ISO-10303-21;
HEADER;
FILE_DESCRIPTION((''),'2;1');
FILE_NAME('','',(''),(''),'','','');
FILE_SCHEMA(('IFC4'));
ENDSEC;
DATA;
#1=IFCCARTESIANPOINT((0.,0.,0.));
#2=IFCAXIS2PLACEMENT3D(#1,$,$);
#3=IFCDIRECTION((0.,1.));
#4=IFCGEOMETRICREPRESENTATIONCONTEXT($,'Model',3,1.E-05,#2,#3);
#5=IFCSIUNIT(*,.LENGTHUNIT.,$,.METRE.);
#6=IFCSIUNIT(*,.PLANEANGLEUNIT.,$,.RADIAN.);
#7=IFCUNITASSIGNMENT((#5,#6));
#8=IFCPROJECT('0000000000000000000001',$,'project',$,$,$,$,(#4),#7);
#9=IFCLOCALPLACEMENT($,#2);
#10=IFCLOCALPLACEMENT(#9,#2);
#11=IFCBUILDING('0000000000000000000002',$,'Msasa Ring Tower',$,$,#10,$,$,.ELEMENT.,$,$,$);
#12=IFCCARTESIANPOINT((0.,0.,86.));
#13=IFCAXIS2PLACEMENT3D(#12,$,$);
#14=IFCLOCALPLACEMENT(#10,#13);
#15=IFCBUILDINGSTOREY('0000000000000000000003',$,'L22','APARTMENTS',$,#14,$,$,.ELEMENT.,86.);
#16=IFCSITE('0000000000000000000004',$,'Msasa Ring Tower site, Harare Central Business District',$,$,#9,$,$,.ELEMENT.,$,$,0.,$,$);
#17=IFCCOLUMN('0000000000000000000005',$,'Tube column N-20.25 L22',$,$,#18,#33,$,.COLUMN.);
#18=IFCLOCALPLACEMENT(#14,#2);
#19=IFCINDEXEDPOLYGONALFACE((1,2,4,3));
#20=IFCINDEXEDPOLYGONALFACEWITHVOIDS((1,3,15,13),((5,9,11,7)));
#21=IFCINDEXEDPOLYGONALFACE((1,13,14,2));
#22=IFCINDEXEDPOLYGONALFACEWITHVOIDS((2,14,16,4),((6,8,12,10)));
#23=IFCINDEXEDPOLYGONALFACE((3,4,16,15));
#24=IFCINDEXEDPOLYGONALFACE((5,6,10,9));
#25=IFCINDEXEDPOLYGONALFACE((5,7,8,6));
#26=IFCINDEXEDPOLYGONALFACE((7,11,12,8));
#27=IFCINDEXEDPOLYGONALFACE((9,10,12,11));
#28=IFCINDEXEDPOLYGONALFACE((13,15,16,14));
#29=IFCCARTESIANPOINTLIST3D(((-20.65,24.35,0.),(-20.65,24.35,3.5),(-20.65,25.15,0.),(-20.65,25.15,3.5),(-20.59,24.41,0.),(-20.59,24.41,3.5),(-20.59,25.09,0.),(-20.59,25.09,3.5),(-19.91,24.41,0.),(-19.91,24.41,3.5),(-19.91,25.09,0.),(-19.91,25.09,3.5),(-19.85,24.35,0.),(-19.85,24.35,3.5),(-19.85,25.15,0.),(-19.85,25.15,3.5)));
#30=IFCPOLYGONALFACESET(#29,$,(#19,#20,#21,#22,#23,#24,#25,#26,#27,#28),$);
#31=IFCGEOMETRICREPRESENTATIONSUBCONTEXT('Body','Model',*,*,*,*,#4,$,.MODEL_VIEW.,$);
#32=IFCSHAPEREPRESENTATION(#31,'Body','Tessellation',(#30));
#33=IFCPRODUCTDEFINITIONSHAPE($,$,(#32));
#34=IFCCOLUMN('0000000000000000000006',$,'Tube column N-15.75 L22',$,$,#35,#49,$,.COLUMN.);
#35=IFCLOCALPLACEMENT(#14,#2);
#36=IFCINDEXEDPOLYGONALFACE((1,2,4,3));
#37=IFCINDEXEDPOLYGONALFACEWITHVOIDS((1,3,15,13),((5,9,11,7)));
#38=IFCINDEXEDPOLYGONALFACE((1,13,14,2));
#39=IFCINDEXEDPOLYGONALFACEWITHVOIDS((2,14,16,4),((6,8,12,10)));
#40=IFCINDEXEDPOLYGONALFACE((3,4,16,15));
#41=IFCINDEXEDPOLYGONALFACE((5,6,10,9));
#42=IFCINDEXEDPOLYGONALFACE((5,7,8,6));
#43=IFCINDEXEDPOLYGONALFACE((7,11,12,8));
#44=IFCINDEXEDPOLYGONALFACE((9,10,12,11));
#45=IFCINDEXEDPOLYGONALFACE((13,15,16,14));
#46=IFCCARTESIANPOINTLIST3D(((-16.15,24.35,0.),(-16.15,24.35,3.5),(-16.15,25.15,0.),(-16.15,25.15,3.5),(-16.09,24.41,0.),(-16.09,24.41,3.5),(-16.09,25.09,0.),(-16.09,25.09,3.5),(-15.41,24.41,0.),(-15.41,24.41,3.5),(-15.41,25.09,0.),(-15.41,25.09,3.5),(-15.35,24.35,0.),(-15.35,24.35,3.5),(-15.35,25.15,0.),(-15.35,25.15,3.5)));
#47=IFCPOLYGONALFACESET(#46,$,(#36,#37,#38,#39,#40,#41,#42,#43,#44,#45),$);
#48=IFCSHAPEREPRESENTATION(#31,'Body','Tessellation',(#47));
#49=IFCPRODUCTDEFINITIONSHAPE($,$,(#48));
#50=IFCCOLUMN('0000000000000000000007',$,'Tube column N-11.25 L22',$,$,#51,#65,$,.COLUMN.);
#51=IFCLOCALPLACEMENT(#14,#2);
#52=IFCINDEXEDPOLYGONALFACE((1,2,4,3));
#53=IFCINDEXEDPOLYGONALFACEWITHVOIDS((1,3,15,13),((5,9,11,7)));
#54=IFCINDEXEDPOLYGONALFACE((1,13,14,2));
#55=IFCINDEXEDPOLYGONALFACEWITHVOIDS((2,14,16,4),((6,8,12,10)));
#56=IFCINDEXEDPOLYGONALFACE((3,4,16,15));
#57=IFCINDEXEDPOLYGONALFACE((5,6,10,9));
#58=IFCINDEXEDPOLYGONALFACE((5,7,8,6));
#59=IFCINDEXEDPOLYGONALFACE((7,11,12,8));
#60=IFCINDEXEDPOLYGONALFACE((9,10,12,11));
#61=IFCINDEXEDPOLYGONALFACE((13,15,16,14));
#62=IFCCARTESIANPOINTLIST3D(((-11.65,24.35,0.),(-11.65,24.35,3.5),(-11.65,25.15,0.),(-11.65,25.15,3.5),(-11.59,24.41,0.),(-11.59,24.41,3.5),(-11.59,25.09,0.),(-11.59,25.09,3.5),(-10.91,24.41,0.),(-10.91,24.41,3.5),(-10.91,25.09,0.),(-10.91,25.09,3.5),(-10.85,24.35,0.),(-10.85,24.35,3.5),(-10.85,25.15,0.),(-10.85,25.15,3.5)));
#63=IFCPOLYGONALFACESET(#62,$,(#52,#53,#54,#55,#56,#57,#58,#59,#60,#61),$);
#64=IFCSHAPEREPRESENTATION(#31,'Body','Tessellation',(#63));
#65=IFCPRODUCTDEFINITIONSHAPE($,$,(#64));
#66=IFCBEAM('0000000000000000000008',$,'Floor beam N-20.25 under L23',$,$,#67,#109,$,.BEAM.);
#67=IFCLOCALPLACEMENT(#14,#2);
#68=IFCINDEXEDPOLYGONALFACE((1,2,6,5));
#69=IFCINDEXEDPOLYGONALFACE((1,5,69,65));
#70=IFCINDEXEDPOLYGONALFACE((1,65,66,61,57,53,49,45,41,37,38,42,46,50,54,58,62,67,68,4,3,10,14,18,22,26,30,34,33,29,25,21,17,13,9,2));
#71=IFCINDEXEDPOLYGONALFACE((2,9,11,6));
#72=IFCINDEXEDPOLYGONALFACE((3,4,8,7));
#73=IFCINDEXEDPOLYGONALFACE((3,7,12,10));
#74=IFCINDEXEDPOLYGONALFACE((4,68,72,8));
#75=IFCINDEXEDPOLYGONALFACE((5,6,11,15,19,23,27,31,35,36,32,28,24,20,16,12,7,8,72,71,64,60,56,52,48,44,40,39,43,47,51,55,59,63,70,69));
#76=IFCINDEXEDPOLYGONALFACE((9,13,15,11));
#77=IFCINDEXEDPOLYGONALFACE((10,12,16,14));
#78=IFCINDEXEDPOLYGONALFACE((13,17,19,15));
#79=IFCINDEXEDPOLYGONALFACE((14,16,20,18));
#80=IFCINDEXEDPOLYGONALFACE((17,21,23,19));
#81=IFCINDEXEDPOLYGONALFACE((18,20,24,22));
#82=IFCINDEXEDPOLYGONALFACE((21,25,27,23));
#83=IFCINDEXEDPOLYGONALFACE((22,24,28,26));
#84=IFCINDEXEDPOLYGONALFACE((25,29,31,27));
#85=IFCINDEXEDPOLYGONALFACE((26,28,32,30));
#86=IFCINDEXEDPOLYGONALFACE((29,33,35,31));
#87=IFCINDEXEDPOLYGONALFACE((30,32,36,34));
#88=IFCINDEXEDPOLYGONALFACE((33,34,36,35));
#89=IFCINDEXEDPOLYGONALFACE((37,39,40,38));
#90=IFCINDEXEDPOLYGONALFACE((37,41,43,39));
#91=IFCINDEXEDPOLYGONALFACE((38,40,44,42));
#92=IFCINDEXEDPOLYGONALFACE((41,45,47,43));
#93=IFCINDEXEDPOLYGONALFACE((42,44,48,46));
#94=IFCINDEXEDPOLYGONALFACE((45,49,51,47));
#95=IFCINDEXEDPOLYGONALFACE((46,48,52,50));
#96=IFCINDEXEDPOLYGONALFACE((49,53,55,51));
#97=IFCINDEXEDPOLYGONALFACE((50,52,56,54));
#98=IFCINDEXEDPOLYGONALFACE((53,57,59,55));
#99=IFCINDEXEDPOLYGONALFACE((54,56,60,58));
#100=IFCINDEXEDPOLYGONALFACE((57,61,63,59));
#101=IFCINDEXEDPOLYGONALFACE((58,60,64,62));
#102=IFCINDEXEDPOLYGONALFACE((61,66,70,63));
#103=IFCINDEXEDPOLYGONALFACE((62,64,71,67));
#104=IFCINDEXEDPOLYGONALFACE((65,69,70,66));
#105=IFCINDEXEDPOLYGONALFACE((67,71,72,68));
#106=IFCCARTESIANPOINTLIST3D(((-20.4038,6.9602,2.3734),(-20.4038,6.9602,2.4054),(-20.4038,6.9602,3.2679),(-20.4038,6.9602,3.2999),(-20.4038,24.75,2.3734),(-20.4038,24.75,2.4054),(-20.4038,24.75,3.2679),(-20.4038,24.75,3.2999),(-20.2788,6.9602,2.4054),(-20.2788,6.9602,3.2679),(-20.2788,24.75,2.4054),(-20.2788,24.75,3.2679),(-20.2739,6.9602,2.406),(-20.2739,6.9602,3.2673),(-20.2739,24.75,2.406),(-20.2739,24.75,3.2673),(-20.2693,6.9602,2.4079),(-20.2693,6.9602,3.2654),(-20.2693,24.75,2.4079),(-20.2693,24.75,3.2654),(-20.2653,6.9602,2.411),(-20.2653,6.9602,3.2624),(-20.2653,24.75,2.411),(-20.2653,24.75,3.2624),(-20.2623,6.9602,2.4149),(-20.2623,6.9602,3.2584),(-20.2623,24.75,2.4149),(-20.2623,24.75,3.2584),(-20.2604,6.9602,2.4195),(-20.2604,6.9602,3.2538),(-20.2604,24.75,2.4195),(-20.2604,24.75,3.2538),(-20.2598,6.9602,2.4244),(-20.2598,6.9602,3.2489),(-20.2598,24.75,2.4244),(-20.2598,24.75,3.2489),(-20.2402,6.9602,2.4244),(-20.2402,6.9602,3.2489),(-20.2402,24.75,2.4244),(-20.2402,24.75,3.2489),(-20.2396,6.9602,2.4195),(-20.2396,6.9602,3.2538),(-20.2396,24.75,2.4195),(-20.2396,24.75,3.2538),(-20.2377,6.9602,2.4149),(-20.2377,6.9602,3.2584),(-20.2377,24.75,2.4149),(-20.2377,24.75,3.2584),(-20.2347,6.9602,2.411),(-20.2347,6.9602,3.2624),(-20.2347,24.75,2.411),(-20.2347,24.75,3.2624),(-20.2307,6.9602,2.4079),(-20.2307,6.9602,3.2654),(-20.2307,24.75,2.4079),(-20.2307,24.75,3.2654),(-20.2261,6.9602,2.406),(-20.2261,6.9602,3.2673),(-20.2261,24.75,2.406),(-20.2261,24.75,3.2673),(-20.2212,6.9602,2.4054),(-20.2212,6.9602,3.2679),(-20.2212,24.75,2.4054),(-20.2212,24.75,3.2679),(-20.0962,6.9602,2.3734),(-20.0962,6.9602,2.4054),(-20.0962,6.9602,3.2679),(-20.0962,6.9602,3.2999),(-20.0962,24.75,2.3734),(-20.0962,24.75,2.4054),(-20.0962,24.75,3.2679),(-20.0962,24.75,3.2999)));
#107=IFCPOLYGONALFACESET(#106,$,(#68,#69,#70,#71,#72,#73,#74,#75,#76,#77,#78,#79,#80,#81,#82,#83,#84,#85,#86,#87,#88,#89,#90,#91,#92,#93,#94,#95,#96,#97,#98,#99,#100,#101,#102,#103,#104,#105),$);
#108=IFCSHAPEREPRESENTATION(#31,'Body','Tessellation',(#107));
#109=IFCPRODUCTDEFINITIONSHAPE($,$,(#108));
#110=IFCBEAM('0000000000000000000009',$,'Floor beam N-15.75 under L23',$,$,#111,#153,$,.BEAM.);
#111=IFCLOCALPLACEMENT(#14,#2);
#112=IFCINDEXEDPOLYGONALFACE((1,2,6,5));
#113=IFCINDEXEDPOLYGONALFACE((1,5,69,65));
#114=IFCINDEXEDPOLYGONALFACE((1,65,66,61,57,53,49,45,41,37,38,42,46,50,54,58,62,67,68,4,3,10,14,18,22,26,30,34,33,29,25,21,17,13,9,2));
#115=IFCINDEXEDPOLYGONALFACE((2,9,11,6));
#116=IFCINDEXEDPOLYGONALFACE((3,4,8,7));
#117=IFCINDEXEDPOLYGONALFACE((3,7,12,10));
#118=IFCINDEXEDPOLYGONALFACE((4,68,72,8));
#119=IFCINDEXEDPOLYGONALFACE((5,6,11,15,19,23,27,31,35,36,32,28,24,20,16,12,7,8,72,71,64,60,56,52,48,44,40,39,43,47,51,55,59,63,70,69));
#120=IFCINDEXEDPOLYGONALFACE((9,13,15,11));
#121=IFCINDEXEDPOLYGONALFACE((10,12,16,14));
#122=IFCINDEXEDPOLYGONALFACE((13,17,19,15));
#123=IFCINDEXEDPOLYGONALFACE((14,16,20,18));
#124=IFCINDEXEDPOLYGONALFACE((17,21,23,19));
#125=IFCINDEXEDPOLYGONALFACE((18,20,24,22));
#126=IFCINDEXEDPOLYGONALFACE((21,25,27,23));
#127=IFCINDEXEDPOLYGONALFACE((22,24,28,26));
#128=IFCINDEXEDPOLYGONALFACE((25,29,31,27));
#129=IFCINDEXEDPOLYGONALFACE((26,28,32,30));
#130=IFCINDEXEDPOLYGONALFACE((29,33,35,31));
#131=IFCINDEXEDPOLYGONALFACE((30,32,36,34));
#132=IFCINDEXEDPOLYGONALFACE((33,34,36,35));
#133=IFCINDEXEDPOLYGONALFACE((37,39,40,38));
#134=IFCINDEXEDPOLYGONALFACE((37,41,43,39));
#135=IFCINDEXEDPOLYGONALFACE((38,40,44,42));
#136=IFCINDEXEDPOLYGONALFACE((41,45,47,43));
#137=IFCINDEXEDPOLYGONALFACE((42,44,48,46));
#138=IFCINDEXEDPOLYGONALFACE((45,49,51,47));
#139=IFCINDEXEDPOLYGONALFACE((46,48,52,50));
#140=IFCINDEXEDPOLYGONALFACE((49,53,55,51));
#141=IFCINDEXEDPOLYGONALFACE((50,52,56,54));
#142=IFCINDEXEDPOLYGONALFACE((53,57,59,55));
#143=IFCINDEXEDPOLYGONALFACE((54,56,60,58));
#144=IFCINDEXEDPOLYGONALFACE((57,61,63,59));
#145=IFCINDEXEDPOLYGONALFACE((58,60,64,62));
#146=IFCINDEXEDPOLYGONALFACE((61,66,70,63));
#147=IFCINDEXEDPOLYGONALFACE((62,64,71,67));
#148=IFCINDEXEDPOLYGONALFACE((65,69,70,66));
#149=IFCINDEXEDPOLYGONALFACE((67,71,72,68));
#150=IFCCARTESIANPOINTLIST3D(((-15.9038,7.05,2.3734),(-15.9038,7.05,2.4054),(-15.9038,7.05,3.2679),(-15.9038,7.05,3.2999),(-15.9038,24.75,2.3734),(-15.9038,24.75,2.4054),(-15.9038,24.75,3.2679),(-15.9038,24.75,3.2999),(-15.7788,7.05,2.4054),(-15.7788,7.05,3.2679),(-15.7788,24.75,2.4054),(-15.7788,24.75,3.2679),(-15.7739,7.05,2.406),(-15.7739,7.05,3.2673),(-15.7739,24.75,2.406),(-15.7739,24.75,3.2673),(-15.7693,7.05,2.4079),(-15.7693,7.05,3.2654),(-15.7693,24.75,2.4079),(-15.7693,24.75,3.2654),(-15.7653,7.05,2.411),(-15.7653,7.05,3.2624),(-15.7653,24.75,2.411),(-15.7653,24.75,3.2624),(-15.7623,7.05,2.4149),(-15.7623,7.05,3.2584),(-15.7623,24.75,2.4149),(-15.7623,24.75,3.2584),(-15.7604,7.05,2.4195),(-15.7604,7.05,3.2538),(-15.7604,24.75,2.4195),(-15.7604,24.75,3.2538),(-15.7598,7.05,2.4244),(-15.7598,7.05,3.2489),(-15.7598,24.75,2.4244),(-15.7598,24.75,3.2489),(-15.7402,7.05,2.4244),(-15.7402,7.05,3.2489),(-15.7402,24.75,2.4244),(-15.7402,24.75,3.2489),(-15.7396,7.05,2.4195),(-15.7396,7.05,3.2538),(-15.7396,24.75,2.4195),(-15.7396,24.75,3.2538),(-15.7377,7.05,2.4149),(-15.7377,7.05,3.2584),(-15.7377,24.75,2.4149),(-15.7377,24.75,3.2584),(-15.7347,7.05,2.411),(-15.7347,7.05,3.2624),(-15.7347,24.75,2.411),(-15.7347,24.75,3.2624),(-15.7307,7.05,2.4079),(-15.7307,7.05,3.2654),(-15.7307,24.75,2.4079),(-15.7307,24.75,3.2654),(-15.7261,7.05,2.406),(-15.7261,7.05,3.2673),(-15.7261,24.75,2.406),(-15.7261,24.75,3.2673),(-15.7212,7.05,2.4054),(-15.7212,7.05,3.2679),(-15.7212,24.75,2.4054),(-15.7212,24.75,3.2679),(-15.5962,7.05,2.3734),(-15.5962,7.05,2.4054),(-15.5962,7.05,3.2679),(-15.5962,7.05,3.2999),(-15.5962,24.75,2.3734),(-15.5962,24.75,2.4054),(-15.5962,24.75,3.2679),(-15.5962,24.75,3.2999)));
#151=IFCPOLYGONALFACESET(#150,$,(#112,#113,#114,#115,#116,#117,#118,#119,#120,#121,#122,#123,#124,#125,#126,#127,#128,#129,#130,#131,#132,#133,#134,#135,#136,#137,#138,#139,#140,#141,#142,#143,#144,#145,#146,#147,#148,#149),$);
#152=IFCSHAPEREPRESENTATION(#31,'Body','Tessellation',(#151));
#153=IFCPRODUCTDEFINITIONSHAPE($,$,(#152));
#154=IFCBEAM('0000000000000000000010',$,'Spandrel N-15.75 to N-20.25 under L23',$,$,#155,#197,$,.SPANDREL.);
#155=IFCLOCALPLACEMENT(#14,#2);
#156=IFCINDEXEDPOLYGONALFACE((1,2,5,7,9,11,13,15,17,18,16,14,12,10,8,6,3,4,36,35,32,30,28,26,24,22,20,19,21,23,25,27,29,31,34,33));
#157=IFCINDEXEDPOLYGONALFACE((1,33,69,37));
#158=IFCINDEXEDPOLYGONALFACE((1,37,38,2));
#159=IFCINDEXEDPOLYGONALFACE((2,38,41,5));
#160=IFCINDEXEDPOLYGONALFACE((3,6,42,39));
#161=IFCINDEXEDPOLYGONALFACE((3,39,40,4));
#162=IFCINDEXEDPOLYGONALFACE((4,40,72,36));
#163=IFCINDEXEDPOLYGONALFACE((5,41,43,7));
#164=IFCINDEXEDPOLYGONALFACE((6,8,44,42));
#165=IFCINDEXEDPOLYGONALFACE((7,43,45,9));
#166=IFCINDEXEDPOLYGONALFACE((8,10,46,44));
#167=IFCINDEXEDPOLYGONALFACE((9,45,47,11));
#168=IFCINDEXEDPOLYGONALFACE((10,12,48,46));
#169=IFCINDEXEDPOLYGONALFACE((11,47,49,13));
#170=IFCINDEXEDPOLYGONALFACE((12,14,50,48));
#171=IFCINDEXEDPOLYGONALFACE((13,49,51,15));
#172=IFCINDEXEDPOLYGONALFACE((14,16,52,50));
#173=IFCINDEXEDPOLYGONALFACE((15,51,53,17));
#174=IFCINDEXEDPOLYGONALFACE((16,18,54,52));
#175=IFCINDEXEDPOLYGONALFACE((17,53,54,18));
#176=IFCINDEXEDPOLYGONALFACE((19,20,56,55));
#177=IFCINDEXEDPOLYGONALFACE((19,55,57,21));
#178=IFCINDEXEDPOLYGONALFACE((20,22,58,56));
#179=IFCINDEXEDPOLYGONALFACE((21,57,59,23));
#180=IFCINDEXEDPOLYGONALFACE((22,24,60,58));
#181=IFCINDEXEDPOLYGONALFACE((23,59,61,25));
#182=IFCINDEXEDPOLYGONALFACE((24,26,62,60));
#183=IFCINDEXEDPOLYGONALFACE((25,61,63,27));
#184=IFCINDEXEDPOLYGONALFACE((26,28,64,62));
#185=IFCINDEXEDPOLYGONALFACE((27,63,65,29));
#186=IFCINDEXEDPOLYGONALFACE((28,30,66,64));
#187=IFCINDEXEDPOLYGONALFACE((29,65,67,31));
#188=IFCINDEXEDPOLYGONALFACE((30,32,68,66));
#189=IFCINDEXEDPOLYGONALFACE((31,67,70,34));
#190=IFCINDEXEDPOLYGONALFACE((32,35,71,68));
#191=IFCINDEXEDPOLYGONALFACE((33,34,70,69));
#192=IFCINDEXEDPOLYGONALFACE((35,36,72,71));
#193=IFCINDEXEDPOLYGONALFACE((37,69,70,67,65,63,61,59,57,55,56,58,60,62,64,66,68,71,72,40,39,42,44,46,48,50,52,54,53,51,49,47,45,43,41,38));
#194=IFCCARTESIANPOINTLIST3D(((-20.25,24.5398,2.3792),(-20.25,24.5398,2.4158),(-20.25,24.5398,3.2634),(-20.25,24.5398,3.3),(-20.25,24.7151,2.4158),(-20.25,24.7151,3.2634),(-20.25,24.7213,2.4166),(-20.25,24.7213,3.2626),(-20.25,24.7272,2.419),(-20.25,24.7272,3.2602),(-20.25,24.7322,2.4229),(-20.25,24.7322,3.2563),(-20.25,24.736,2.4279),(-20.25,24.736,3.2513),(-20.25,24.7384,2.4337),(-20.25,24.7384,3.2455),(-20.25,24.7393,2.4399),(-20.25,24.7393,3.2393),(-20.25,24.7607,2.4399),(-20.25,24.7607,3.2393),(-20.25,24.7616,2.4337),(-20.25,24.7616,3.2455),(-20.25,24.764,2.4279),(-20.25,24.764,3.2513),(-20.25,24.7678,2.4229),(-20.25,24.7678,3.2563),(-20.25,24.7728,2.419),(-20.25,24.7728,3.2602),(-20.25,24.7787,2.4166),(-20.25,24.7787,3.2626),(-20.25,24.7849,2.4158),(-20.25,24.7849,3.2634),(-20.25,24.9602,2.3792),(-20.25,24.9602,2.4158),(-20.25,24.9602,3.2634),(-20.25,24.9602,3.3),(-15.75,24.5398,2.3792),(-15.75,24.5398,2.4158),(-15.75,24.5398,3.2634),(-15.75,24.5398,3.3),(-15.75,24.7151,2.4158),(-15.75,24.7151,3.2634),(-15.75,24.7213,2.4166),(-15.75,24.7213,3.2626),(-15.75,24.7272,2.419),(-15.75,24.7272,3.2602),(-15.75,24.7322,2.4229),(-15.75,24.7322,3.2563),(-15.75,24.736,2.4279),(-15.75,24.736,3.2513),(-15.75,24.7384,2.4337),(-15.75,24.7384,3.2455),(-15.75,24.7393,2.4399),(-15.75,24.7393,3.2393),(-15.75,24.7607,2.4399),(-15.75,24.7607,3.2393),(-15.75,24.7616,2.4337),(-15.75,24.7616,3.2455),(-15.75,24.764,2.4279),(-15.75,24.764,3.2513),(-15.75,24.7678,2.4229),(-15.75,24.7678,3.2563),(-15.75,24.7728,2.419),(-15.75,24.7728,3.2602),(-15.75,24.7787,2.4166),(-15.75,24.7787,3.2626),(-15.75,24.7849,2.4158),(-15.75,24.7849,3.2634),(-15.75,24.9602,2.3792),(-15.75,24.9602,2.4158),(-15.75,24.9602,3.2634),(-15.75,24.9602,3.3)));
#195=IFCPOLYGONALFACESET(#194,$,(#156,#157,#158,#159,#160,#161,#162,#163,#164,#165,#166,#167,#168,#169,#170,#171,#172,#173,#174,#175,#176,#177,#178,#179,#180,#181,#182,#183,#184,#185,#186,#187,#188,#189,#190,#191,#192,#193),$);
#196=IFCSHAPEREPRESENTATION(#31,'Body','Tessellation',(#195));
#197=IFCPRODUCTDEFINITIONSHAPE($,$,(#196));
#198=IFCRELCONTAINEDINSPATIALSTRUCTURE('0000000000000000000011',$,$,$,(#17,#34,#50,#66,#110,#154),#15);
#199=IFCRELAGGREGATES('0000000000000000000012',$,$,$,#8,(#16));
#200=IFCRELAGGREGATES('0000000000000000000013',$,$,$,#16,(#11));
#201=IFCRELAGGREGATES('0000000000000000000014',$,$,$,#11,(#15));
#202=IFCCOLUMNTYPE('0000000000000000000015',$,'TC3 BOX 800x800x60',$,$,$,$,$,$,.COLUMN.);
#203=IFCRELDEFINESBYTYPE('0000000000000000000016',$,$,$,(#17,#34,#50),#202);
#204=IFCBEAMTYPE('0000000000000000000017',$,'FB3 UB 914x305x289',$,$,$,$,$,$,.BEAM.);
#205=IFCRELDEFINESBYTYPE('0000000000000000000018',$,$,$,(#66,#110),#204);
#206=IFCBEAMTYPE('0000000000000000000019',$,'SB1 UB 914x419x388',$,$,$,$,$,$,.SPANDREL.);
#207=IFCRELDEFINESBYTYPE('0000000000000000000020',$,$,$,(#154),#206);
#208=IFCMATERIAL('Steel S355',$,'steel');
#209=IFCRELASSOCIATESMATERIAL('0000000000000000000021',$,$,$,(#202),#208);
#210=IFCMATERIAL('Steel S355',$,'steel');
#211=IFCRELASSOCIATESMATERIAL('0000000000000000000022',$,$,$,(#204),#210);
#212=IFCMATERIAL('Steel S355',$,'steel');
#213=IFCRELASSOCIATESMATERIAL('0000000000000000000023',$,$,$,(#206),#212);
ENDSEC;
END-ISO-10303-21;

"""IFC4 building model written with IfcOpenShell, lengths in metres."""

from ifc_helpers import new_model, si_unit, direction, frame, origin, origin_2d, place, context, subcontext, project, spatial, hollow_rectangle, i_section, extrude, material, material_profile, profile_set, type_object, element, save


model = new_model("IFC4")

# Units and contexts
model_context = context("Model", 3, precision=1e-05, world=origin(), true_north=direction((0.0, 1.0)))
body_context = subcontext(model_context, "Body", "Model", "MODEL_VIEW")
ifc_project = project(units=[si_unit("LENGTHUNIT", "METRE"), si_unit("PLANEANGLEUNIT", "RADIAN")], contexts=[model_context])

# Site, building, storey
site_placement = place(None, origin())
site = spatial("IfcSite", under=ifc_project, at=site_placement, Name="Msasa Ring Tower site, Harare Central Business District", CompositionType="ELEMENT", RefElevation=0.0)
building_placement = place(site_placement, origin())
building = spatial("IfcBuilding", under=site, at=building_placement, Name="Msasa Ring Tower", CompositionType="ELEMENT")
storey_placement = place(building_placement, frame((0.0, 0.0, 86.0)))
storey = spatial("IfcBuildingStorey", under=building, at=storey_placement, Name="L22", Description="APARTMENTS", CompositionType="ELEMENT", Elevation=86.0)

# Columns
ifc_material_1 = material(Name="Steel S355", Category="steel")
ifc_material_profile_1 = material_profile(ifc_material_1, hollow_rectangle(XDim=0.8, YDim=0.8, WallThickness=0.0601, at=origin_2d()), Name="BOX 800x800x60")
ifc_profile_set_1 = profile_set([ifc_material_profile_1], Name="Steel S355")
column_type = type_object("IfcColumnType", Name="TC3 BOX 800x800x60", PredefinedType="COLUMN", material=ifc_profile_set_1)
for number, where, z_axis, x_axis, name in (
    (1, (-20.25, 24.75, 0.0), (0.0, 0.0, 1.0), (0.0, 1.0, 0.0), "Tube column N-20.25 L22"),
    (2, (-15.75, 24.75, 0.0), (0.0, 0.0, 1.0), (0.0, 1.0, 0.0), "Tube column N-15.75 L22"),
    (3, (-11.25, 24.75, 0.0), (0.0, 0.0, 1.0), (0.0, 1.0, 0.0), "Tube column N-11.25 L22"),
):
    element("IfcColumn", number, at=place(storey_placement, frame(where, z_axis=z_axis, x_axis=x_axis)), inside=storey, type_object=column_type, Name=name, PredefinedType="COLUMN", context=body_context, shape_type="SweptSolid", body=[
        extrude(hollow_rectangle(XDim=0.8, YDim=0.8, WallThickness=0.0601, at=origin_2d()), origin(), (0.0, 0.0, 1.0), 3.5),
    ])

# Beams
ifc_material_2 = material(Name="Steel S355", Category="steel")
ifc_material_profile_2 = material_profile(ifc_material_2, i_section(OverallWidth=0.3076, OverallDepth=0.9265, WebThickness=0.0195, FlangeThickness=0.032, FilletRadius=0.019, at=origin_2d()), Name="UB 914x305x289")
ifc_profile_set_2 = profile_set([ifc_material_profile_2], Name="Steel S355")
beam_type_1 = type_object("IfcBeamType", Name="FB3 UB 914x305x289", PredefinedType="BEAM", material=ifc_profile_set_2)
beam_1_placement = place(storey_placement, frame((-20.25, 24.75, 2.8367), z_axis=(0.0, -1.0, 0.0), x_axis=(1.0, 0.0, 0.0)))
element("IfcBeam", 4, at=beam_1_placement, inside=storey, type_object=beam_type_1, Name="Floor beam N-20.25 under L23", PredefinedType="BEAM", context=body_context, shape_type="SweptSolid", body=[
    extrude(i_section(OverallWidth=0.3076, OverallDepth=0.9265, WebThickness=0.0195, FlangeThickness=0.032, FilletRadius=0.019, at=origin_2d()), origin(), (0.0, 0.0, 1.0), 17.7898),
])
beam_2_placement = place(storey_placement, frame((-15.75, 24.75, 2.8367), z_axis=(0.0, -1.0, 0.0), x_axis=(1.0, 0.0, 0.0)))
element("IfcBeam", 5, at=beam_2_placement, inside=storey, type_object=beam_type_1, Name="Floor beam N-15.75 under L23", PredefinedType="BEAM", context=body_context, shape_type="SweptSolid", body=[
    extrude(i_section(OverallWidth=0.3076, OverallDepth=0.9265, WebThickness=0.0195, FlangeThickness=0.032, FilletRadius=0.019, at=origin_2d()), origin(), (0.0, 0.0, 1.0), 17.7),
])
ifc_material_3 = material(Name="Steel S355", Category="steel")
ifc_material_profile_3 = material_profile(ifc_material_3, i_section(OverallWidth=0.4204, OverallDepth=0.9209, WebThickness=0.0215, FlangeThickness=0.0366, FilletRadius=0.0242, at=origin_2d()), Name="UB 914x419x388")
ifc_profile_set_3 = profile_set([ifc_material_profile_3], Name="Steel S355")
beam_type_2 = type_object("IfcBeamType", Name="SB1 UB 914x419x388", PredefinedType="SPANDREL", material=ifc_profile_set_3)
beam_3_placement = place(storey_placement, frame((-15.75, 24.75, 2.8396), z_axis=(-1.0, 0.0, 0.0), x_axis=(0.0, -1.0, 0.0)))
element("IfcBeam", 6, at=beam_3_placement, inside=storey, type_object=beam_type_2, Name="Spandrel N-15.75 to N-20.25 under L23", PredefinedType="SPANDREL", context=body_context, shape_type="SweptSolid", body=[
    extrude(i_section(OverallWidth=0.4204, OverallDepth=0.9209, WebThickness=0.0215, FlangeThickness=0.0366, FilletRadius=0.0242, at=origin_2d()), origin(), (0.0, 0.0, 1.0), 4.5),
])

save(model, "model.ifc")
